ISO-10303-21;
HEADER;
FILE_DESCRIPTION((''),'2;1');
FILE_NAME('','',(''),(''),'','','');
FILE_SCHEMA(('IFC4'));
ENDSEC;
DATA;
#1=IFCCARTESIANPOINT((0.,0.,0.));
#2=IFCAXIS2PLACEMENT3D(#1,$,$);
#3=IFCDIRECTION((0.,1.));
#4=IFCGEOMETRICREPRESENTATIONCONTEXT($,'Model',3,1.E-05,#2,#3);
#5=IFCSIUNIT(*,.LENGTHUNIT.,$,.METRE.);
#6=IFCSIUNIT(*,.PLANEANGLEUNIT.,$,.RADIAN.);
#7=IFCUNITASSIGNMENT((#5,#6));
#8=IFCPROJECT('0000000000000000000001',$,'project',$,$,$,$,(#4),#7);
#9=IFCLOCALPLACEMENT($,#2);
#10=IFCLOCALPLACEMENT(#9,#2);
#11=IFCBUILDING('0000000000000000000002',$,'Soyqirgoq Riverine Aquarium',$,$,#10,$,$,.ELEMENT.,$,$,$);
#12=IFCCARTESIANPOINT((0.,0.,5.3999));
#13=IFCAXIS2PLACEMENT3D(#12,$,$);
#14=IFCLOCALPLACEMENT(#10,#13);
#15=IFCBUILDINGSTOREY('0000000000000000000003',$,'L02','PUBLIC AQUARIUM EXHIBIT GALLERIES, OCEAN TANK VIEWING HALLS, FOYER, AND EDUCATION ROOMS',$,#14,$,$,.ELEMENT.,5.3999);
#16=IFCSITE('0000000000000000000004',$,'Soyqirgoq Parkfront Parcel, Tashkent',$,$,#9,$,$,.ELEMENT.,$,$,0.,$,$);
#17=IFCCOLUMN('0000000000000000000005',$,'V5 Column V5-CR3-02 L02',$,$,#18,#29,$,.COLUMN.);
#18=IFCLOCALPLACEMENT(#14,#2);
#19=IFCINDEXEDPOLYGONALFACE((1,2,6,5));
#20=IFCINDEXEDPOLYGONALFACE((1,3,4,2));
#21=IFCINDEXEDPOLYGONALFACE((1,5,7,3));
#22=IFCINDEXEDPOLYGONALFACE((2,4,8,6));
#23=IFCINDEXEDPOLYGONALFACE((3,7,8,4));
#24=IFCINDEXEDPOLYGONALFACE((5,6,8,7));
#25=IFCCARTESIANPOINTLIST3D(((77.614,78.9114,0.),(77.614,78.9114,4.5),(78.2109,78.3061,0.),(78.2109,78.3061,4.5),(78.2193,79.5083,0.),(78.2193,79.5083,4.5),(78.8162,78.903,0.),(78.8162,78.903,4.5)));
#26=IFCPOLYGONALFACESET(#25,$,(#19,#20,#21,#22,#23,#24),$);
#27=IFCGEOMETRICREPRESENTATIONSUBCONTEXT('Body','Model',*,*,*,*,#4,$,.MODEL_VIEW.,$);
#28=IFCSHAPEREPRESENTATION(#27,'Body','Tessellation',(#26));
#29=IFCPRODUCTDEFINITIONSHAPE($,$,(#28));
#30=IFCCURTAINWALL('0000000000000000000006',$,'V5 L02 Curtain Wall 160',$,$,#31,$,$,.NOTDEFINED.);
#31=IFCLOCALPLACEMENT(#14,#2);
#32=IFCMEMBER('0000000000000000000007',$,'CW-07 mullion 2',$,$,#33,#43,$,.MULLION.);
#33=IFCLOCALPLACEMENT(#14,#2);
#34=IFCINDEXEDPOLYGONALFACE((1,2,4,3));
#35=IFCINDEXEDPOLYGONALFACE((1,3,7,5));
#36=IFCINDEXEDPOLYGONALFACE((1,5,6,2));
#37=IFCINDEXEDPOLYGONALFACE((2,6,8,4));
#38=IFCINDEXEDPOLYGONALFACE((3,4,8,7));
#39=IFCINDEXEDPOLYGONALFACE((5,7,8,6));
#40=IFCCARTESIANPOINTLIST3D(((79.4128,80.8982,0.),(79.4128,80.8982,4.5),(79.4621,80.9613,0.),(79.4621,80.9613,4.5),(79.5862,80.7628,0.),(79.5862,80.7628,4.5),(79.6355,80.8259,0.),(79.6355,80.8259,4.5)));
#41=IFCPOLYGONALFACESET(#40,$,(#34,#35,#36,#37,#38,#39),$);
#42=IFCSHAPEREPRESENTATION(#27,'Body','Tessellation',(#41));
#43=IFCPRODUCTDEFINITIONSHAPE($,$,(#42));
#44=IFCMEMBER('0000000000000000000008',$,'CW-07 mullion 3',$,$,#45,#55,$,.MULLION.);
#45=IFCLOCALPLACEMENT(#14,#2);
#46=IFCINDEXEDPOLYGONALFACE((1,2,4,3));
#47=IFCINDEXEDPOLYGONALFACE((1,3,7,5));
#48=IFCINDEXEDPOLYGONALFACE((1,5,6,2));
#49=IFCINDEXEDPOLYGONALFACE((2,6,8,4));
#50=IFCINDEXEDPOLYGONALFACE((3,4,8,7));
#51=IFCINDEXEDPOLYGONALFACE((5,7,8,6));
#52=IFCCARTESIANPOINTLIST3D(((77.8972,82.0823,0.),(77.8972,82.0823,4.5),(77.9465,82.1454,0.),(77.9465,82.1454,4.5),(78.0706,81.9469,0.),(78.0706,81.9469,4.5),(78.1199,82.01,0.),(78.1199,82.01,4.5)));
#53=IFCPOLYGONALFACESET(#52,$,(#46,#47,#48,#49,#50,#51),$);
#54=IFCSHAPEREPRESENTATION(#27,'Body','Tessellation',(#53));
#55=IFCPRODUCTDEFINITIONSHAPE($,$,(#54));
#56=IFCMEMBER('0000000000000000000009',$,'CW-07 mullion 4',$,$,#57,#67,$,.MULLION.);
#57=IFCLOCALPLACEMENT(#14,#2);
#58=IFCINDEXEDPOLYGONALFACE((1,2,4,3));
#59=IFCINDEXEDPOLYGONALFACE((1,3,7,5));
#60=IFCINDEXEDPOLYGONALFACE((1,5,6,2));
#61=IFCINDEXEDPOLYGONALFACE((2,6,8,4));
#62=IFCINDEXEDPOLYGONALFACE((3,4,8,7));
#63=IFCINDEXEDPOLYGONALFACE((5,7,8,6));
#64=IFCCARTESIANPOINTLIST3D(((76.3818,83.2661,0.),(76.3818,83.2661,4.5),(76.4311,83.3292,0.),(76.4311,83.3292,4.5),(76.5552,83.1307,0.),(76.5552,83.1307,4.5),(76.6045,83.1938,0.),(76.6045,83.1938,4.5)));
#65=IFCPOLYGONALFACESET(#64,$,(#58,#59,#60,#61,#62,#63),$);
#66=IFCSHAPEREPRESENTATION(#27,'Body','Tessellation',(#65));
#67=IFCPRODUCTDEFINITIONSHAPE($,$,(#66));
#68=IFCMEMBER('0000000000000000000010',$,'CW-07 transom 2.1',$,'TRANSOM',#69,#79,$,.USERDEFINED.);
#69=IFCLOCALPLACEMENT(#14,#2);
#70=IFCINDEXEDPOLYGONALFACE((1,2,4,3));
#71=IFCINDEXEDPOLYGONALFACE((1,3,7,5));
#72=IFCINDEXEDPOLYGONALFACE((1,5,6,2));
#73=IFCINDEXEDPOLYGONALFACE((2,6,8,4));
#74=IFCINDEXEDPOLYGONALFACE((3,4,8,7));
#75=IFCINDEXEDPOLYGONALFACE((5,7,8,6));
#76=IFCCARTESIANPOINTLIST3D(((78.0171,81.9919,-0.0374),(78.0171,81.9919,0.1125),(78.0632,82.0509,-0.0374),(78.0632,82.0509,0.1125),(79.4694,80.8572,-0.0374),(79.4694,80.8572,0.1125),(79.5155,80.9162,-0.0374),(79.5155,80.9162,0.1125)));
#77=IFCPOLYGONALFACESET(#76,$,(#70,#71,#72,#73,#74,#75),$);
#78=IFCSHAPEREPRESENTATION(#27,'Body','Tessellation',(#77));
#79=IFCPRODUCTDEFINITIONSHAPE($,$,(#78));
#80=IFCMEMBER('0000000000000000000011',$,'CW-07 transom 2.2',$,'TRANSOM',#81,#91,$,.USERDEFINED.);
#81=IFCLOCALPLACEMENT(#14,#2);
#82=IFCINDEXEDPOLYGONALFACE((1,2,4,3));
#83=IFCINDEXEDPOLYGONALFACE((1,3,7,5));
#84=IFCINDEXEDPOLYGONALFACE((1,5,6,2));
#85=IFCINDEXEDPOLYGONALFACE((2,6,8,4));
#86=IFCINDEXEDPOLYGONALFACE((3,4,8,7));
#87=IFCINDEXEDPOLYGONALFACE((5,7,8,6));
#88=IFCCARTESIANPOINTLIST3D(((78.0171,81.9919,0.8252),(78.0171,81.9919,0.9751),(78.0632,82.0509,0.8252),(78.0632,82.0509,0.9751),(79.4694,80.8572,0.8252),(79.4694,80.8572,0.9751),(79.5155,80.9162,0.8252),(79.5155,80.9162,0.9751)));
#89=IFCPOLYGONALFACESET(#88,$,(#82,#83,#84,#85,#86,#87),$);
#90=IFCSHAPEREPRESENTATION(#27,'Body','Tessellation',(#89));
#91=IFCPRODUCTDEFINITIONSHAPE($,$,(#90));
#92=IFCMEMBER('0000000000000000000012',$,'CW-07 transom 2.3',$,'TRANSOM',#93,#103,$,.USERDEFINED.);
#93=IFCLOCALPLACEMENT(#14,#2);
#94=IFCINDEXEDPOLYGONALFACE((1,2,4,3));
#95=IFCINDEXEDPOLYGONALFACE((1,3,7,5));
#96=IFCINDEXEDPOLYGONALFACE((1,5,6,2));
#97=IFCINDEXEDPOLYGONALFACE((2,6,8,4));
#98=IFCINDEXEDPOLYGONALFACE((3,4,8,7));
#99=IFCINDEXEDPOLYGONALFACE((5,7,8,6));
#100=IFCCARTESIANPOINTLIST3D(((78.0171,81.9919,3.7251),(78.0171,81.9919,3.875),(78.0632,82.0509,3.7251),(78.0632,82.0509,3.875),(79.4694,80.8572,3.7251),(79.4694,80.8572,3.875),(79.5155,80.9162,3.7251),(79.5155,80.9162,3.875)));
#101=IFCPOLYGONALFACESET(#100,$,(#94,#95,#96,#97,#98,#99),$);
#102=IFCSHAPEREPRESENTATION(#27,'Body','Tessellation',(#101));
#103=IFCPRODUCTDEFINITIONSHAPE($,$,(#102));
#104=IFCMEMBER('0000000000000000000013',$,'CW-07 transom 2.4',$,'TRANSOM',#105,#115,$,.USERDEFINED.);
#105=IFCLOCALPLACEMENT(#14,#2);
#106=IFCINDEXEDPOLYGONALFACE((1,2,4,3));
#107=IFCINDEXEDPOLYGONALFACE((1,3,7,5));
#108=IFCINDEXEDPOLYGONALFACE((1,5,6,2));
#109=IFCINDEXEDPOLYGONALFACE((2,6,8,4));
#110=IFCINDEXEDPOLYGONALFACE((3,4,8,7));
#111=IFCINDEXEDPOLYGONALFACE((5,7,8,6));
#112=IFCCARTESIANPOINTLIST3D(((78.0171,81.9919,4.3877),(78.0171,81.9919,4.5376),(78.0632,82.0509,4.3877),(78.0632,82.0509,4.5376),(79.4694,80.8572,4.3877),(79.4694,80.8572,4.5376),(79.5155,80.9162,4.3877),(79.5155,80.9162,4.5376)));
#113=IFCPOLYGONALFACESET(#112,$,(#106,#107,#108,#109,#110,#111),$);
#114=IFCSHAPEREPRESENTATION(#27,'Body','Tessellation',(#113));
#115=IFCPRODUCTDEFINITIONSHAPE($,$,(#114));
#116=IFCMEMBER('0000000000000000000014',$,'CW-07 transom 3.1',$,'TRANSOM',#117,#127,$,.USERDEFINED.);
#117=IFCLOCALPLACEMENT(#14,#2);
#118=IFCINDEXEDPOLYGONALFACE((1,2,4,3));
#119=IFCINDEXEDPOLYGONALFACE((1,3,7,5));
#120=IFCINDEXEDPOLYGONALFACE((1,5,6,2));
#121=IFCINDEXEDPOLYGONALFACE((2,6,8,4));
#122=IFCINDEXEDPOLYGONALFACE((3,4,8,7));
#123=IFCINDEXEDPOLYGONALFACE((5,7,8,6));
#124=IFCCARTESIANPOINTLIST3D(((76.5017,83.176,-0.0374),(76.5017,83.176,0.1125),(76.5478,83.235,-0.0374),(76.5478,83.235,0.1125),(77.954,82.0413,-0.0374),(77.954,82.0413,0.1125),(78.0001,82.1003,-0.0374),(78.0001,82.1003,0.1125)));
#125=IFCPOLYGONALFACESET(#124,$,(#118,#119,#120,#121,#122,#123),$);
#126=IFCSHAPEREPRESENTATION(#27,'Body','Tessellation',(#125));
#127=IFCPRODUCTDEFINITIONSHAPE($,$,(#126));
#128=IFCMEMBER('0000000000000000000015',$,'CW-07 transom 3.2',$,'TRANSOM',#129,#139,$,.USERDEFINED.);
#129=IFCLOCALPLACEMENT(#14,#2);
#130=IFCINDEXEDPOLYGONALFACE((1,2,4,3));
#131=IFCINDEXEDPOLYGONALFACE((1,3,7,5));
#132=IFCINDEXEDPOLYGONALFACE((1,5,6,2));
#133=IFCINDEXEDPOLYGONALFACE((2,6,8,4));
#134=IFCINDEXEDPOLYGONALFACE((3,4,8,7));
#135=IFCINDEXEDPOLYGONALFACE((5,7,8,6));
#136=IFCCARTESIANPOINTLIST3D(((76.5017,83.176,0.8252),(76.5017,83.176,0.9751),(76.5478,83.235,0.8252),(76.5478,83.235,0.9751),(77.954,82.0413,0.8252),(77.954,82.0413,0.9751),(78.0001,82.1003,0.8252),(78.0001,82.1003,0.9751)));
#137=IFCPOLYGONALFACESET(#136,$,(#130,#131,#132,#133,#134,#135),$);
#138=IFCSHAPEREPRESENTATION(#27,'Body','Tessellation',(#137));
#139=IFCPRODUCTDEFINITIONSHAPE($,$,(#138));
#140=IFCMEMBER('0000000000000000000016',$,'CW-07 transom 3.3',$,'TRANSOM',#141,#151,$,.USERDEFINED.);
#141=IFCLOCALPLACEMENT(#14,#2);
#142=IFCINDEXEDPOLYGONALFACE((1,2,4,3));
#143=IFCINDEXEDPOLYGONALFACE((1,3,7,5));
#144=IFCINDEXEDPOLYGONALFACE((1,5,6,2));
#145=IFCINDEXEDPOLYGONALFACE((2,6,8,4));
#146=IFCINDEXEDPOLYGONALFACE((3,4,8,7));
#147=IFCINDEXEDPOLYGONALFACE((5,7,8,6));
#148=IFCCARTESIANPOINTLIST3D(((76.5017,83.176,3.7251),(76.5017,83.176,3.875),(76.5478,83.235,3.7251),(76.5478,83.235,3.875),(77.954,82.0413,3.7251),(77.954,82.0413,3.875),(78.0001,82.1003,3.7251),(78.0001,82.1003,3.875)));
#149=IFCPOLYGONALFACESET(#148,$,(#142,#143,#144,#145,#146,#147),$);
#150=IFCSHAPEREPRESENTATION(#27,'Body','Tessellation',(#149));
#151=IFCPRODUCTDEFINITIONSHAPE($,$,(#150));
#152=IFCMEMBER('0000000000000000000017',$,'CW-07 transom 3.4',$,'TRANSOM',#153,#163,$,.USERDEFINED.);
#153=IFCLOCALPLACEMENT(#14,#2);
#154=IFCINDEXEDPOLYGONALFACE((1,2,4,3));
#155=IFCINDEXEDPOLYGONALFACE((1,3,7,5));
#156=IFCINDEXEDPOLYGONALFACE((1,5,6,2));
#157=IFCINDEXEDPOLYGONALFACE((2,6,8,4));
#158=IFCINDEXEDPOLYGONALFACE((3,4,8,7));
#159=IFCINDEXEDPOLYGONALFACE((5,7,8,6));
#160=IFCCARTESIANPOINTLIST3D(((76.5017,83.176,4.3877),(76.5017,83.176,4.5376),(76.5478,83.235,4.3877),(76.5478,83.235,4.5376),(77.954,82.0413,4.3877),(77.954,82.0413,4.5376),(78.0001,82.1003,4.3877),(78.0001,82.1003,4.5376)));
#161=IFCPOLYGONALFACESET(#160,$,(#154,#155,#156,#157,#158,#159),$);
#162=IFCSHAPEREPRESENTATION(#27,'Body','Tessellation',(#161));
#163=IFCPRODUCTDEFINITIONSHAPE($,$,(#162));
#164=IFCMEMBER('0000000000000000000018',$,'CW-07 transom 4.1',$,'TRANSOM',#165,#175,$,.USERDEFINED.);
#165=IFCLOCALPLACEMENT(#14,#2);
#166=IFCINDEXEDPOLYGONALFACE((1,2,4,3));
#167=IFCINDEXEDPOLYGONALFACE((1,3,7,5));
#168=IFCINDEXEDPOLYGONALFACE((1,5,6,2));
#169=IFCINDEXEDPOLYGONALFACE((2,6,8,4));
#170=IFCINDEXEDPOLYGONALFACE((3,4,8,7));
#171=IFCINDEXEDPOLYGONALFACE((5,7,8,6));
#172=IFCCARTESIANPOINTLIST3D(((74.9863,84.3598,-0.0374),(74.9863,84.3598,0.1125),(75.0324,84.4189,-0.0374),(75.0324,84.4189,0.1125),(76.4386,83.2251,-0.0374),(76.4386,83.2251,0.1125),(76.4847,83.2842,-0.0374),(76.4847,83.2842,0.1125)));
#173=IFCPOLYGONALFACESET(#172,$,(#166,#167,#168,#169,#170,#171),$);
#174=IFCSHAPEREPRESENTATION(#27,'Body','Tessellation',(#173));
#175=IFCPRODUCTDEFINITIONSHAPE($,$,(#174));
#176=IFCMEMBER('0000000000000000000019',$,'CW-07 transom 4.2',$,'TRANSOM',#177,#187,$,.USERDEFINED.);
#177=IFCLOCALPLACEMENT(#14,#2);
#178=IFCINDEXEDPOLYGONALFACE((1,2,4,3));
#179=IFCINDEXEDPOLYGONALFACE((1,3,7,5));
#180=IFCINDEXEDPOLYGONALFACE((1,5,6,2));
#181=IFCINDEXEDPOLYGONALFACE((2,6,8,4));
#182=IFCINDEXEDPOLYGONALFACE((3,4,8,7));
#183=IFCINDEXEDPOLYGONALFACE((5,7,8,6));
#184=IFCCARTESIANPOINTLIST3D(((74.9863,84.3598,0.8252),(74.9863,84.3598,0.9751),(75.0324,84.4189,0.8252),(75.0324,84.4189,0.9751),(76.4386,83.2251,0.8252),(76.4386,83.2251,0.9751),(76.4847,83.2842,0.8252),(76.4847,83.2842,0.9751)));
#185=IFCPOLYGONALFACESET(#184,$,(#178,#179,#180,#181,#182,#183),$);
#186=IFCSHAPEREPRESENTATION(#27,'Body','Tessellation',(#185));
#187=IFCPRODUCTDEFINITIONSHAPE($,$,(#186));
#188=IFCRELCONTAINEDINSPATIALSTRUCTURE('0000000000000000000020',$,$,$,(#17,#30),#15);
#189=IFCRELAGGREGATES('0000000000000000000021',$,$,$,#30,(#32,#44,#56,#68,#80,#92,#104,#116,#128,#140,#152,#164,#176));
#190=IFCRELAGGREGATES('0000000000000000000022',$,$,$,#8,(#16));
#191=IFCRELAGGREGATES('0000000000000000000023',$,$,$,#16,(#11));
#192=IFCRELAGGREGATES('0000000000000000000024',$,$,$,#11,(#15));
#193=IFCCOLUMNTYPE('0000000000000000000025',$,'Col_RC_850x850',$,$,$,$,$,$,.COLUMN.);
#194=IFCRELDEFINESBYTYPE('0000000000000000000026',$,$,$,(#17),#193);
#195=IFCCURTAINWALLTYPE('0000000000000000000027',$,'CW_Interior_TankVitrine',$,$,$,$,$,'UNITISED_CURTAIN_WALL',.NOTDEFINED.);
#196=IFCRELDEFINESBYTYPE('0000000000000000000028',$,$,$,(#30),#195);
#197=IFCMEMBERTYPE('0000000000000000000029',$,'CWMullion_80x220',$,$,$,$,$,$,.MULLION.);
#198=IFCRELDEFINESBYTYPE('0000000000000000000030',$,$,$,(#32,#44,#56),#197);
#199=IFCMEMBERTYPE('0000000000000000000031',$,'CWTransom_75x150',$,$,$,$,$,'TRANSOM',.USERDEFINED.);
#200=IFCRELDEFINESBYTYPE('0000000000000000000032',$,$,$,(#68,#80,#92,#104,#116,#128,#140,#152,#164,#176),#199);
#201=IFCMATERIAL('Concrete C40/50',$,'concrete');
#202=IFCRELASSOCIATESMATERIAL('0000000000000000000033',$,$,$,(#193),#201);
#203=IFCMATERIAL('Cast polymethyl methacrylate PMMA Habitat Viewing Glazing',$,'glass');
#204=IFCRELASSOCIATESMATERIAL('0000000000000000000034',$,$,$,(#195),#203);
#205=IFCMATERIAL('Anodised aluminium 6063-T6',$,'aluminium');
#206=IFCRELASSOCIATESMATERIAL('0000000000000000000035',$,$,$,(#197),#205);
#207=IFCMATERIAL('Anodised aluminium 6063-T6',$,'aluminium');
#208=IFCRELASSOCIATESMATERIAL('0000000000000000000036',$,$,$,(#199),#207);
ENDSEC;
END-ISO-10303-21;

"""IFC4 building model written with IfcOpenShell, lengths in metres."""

from ifc_helpers import new_model, si_unit, direction, frame, origin, origin_2d, place, context, subcontext, project, spatial, rectangle, extrude, material, material_profile, profile_set, type_object, element, aggregate, save


model = new_model("IFC4")

# Units and contexts
model_context = context("Model", 3, precision=1e-05, world=origin(), true_north=direction((0.0, 1.0)))
body_context = subcontext(model_context, "Body", "Model", "MODEL_VIEW")
ifc_project = project(units=[si_unit("LENGTHUNIT", "METRE"), si_unit("PLANEANGLEUNIT", "RADIAN")], contexts=[model_context])

# Site, building, storey
site_placement = place(None, origin())
site = spatial("IfcSite", under=ifc_project, at=site_placement, Name="Soyqirgoq Parkfront Parcel, Tashkent", CompositionType="ELEMENT", RefElevation=0.0)
building_placement = place(site_placement, origin())
building = spatial("IfcBuilding", under=site, at=building_placement, Name="Soyqirgoq Riverine Aquarium", CompositionType="ELEMENT")
storey_placement = place(building_placement, frame((0.0, 0.0, 5.3999)))
storey = spatial("IfcBuildingStorey", under=building, at=storey_placement, Name="L02", Description="PUBLIC AQUARIUM EXHIBIT GALLERIES, OCEAN TANK VIEWING HALLS, FOYER, AND EDUCATION ROOMS", CompositionType="ELEMENT", Elevation=5.3999)

# Column
ifc_material_1 = material(Name="Concrete C40/50", Category="concrete")
ifc_material_profile_1 = material_profile(ifc_material_1, rectangle(XDim=0.8501, YDim=0.8501, at=origin_2d()), Name="RC 850x850")
ifc_profile_set_1 = profile_set([ifc_material_profile_1], Name="Concrete C40/50")
column_type = type_object("IfcColumnType", Name="Col_RC_850x850", PredefinedType="COLUMN", material=ifc_profile_set_1)
column_placement = place(storey_placement, frame((78.2151, 78.9072, 0.0), z_axis=(0.0, 0.0, 1.0), x_axis=(0.712026, 0.702153, 0.0)))
element("IfcColumn", 1, at=column_placement, inside=storey, type_object=column_type, Name="V5 Column V5-CR3-02 L02", PredefinedType="COLUMN", context=body_context, shape_type="SweptSolid", body=[
    extrude(rectangle(XDim=0.8501, YDim=0.8501, at=origin_2d()), origin(), (0.0, 0.0, 1.0), 4.5),
])

# Curtain wall, members
ifc_material_2 = material(Name="Cast polymethyl methacrylate PMMA Habitat Viewing Glazing", Category="glass")
curtain_wall_type = type_object("IfcCurtainWallType", Name="CW_Interior_TankVitrine", ElementType="UNITISED_CURTAIN_WALL", PredefinedType="NOTDEFINED", material=ifc_material_2)
curtain_wall_placement = place(storey_placement, origin())
curtain_wall = element("IfcCurtainWall", 2, at=curtain_wall_placement, inside=storey, type_object=curtain_wall_type, Name="V5 L02 Curtain Wall 160", PredefinedType="NOTDEFINED")
ifc_material_3 = material(Name="Anodised aluminium 6063-T6", Category="aluminium")
ifc_material_profile_2 = material_profile(ifc_material_3, rectangle(XDim=0.0801, YDim=0.22, at=origin_2d()), Name="ALU-M 80x220")
ifc_profile_set_2 = profile_set([ifc_material_profile_2], Name="Anodised aluminium 6063-T6")
member_type_1 = type_object("IfcMemberType", Name="CWMullion_80x220", PredefinedType="MULLION", material=ifc_profile_set_2)
member_1_placement = place(storey_placement, frame((79.5242, 80.8621, 0.0), z_axis=(0.0, 0.0, 1.0), x_axis=(-0.615655, -0.788016, 0.0)))
member_1 = element("IfcMember", 3, at=member_1_placement, type_object=member_type_1, Name="CW-07 mullion 2", PredefinedType="MULLION", context=body_context, shape_type="SweptSolid", body=[
    extrude(rectangle(XDim=0.0801, YDim=0.22, at=origin_2d()), origin(), (0.0, 0.0, 1.0), 4.5),
])
member_2_placement = place(storey_placement, frame((78.0085, 82.0461, 0.0), z_axis=(0.0, 0.0, 1.0), x_axis=(-0.615655, -0.788016, 0.0)))
member_2 = element("IfcMember", 4, at=member_2_placement, type_object=member_type_1, Name="CW-07 mullion 3", PredefinedType="MULLION", context=body_context, shape_type="SweptSolid", body=[
    extrude(rectangle(XDim=0.0801, YDim=0.22, at=origin_2d()), origin(), (0.0, 0.0, 1.0), 4.5),
])
member_3_placement = place(storey_placement, frame((76.4932, 83.23, 0.0), z_axis=(0.0, 0.0, 1.0), x_axis=(-0.615655, -0.788016, 0.0)))
member_3 = element("IfcMember", 5, at=member_3_placement, type_object=member_type_1, Name="CW-07 mullion 4", PredefinedType="MULLION", context=body_context, shape_type="SweptSolid", body=[
    extrude(rectangle(XDim=0.0801, YDim=0.22, at=origin_2d()), origin(), (0.0, 0.0, 1.0), 4.5),
])
ifc_material_4 = material(Name="Anodised aluminium 6063-T6", Category="aluminium")
ifc_material_profile_3 = material_profile(ifc_material_4, rectangle(XDim=0.075, YDim=0.1499, at=origin_2d()), Name="ALU-T 75x150")
ifc_profile_set_3 = profile_set([ifc_material_profile_3], Name="Anodised aluminium 6063-T6")
member_type_2 = type_object("IfcMemberType", Name="CWTransom_75x150", ElementType="TRANSOM", PredefinedType="USERDEFINED", material=ifc_profile_set_3)
member_4_placement = place(storey_placement, frame((79.4924, 80.8867, 0.0376), z_axis=(-0.788002, 0.615672, 0.0), x_axis=(-0.615672, -0.788002, 0.0)))
member_4 = element("IfcMember", 6, at=member_4_placement, type_object=member_type_2, Name="CW-07 transom 2.1", ObjectType="TRANSOM", PredefinedType="USERDEFINED", context=body_context, shape_type="SweptSolid", body=[
    extrude(rectangle(XDim=0.075, YDim=0.1499, at=origin_2d()), origin(), (0.0, 0.0, 1.0), 1.843),
])
member_5_placement = place(storey_placement, frame((79.4924, 80.8867, 0.9001), z_axis=(-0.788002, 0.615672, 0.0), x_axis=(-0.615672, -0.788002, 0.0)))
member_5 = element("IfcMember", 7, at=member_5_placement, type_object=member_type_2, Name="CW-07 transom 2.2", ObjectType="TRANSOM", PredefinedType="USERDEFINED", context=body_context, shape_type="SweptSolid", body=[
    extrude(rectangle(XDim=0.075, YDim=0.1499, at=origin_2d()), origin(), (0.0, 0.0, 1.0), 1.843),
])
member_6_placement = place(storey_placement, frame((79.4924, 80.8867, 3.8), z_axis=(-0.788002, 0.615672, 0.0), x_axis=(-0.615672, -0.788002, 0.0)))
member_6 = element("IfcMember", 8, at=member_6_placement, type_object=member_type_2, Name="CW-07 transom 2.3", ObjectType="TRANSOM", PredefinedType="USERDEFINED", context=body_context, shape_type="SweptSolid", body=[
    extrude(rectangle(XDim=0.075, YDim=0.1499, at=origin_2d()), origin(), (0.0, 0.0, 1.0), 1.843),
])
member_7_placement = place(storey_placement, frame((79.4924, 80.8867, 4.4626), z_axis=(-0.788002, 0.615672, 0.0), x_axis=(-0.615672, -0.788002, 0.0)))
member_7 = element("IfcMember", 9, at=member_7_placement, type_object=member_type_2, Name="CW-07 transom 2.4", ObjectType="TRANSOM", PredefinedType="USERDEFINED", context=body_context, shape_type="SweptSolid", body=[
    extrude(rectangle(XDim=0.075, YDim=0.1499, at=origin_2d()), origin(), (0.0, 0.0, 1.0), 1.843),
])
member_8_placement = place(storey_placement, frame((77.9771, 82.0708, 0.0376), z_axis=(-0.788002, 0.615672, 0.0), x_axis=(-0.615672, -0.788002, 0.0)))
member_8 = element("IfcMember", 10, at=member_8_placement, type_object=member_type_2, Name="CW-07 transom 3.1", ObjectType="TRANSOM", PredefinedType="USERDEFINED", context=body_context, shape_type="SweptSolid", body=[
    extrude(rectangle(XDim=0.075, YDim=0.1499, at=origin_2d()), origin(), (0.0, 0.0, 1.0), 1.843),
])
member_9_placement = place(storey_placement, frame((77.9771, 82.0708, 0.9001), z_axis=(-0.788002, 0.615672, 0.0), x_axis=(-0.615672, -0.788002, 0.0)))
member_9 = element("IfcMember", 11, at=member_9_placement, type_object=member_type_2, Name="CW-07 transom 3.2", ObjectType="TRANSOM", PredefinedType="USERDEFINED", context=body_context, shape_type="SweptSolid", body=[
    extrude(rectangle(XDim=0.075, YDim=0.1499, at=origin_2d()), origin(), (0.0, 0.0, 1.0), 1.843),
])
member_10_placement = place(storey_placement, frame((77.9771, 82.0708, 3.8), z_axis=(-0.788002, 0.615672, 0.0), x_axis=(-0.615672, -0.788002, 0.0)))
member_10 = element("IfcMember", 12, at=member_10_placement, type_object=member_type_2, Name="CW-07 transom 3.3", ObjectType="TRANSOM", PredefinedType="USERDEFINED", context=body_context, shape_type="SweptSolid", body=[
    extrude(rectangle(XDim=0.075, YDim=0.1499, at=origin_2d()), origin(), (0.0, 0.0, 1.0), 1.843),
])
member_11_placement = place(storey_placement, frame((77.9771, 82.0708, 4.4626), z_axis=(-0.788002, 0.615672, 0.0), x_axis=(-0.615672, -0.788002, 0.0)))
member_11 = element("IfcMember", 13, at=member_11_placement, type_object=member_type_2, Name="CW-07 transom 3.4", ObjectType="TRANSOM", PredefinedType="USERDEFINED", context=body_context, shape_type="SweptSolid", body=[
    extrude(rectangle(XDim=0.075, YDim=0.1499, at=origin_2d()), origin(), (0.0, 0.0, 1.0), 1.843),
])
member_12_placement = place(storey_placement, frame((76.4617, 83.2546, 0.0376), z_axis=(-0.788002, 0.615672, 0.0), x_axis=(-0.615672, -0.788002, 0.0)))
member_12 = element("IfcMember", 14, at=member_12_placement, type_object=member_type_2, Name="CW-07 transom 4.1", ObjectType="TRANSOM", PredefinedType="USERDEFINED", context=body_context, shape_type="SweptSolid", body=[
    extrude(rectangle(XDim=0.075, YDim=0.1499, at=origin_2d()), origin(), (0.0, 0.0, 1.0), 1.843),
])
member_13_placement = place(storey_placement, frame((76.4617, 83.2546, 0.9001), z_axis=(-0.788002, 0.615672, 0.0), x_axis=(-0.615672, -0.788002, 0.0)))
member_13 = element("IfcMember", 15, at=member_13_placement, type_object=member_type_2, Name="CW-07 transom 4.2", ObjectType="TRANSOM", PredefinedType="USERDEFINED", context=body_context, shape_type="SweptSolid", body=[
    extrude(rectangle(XDim=0.075, YDim=0.1499, at=origin_2d()), origin(), (0.0, 0.0, 1.0), 1.843),
])

aggregate(curtain_wall, [member_1, member_2, member_3, member_4, member_5, member_6, member_7, member_8, member_9, member_10, member_11, member_12, member_13])

save(model, "model.ifc")
